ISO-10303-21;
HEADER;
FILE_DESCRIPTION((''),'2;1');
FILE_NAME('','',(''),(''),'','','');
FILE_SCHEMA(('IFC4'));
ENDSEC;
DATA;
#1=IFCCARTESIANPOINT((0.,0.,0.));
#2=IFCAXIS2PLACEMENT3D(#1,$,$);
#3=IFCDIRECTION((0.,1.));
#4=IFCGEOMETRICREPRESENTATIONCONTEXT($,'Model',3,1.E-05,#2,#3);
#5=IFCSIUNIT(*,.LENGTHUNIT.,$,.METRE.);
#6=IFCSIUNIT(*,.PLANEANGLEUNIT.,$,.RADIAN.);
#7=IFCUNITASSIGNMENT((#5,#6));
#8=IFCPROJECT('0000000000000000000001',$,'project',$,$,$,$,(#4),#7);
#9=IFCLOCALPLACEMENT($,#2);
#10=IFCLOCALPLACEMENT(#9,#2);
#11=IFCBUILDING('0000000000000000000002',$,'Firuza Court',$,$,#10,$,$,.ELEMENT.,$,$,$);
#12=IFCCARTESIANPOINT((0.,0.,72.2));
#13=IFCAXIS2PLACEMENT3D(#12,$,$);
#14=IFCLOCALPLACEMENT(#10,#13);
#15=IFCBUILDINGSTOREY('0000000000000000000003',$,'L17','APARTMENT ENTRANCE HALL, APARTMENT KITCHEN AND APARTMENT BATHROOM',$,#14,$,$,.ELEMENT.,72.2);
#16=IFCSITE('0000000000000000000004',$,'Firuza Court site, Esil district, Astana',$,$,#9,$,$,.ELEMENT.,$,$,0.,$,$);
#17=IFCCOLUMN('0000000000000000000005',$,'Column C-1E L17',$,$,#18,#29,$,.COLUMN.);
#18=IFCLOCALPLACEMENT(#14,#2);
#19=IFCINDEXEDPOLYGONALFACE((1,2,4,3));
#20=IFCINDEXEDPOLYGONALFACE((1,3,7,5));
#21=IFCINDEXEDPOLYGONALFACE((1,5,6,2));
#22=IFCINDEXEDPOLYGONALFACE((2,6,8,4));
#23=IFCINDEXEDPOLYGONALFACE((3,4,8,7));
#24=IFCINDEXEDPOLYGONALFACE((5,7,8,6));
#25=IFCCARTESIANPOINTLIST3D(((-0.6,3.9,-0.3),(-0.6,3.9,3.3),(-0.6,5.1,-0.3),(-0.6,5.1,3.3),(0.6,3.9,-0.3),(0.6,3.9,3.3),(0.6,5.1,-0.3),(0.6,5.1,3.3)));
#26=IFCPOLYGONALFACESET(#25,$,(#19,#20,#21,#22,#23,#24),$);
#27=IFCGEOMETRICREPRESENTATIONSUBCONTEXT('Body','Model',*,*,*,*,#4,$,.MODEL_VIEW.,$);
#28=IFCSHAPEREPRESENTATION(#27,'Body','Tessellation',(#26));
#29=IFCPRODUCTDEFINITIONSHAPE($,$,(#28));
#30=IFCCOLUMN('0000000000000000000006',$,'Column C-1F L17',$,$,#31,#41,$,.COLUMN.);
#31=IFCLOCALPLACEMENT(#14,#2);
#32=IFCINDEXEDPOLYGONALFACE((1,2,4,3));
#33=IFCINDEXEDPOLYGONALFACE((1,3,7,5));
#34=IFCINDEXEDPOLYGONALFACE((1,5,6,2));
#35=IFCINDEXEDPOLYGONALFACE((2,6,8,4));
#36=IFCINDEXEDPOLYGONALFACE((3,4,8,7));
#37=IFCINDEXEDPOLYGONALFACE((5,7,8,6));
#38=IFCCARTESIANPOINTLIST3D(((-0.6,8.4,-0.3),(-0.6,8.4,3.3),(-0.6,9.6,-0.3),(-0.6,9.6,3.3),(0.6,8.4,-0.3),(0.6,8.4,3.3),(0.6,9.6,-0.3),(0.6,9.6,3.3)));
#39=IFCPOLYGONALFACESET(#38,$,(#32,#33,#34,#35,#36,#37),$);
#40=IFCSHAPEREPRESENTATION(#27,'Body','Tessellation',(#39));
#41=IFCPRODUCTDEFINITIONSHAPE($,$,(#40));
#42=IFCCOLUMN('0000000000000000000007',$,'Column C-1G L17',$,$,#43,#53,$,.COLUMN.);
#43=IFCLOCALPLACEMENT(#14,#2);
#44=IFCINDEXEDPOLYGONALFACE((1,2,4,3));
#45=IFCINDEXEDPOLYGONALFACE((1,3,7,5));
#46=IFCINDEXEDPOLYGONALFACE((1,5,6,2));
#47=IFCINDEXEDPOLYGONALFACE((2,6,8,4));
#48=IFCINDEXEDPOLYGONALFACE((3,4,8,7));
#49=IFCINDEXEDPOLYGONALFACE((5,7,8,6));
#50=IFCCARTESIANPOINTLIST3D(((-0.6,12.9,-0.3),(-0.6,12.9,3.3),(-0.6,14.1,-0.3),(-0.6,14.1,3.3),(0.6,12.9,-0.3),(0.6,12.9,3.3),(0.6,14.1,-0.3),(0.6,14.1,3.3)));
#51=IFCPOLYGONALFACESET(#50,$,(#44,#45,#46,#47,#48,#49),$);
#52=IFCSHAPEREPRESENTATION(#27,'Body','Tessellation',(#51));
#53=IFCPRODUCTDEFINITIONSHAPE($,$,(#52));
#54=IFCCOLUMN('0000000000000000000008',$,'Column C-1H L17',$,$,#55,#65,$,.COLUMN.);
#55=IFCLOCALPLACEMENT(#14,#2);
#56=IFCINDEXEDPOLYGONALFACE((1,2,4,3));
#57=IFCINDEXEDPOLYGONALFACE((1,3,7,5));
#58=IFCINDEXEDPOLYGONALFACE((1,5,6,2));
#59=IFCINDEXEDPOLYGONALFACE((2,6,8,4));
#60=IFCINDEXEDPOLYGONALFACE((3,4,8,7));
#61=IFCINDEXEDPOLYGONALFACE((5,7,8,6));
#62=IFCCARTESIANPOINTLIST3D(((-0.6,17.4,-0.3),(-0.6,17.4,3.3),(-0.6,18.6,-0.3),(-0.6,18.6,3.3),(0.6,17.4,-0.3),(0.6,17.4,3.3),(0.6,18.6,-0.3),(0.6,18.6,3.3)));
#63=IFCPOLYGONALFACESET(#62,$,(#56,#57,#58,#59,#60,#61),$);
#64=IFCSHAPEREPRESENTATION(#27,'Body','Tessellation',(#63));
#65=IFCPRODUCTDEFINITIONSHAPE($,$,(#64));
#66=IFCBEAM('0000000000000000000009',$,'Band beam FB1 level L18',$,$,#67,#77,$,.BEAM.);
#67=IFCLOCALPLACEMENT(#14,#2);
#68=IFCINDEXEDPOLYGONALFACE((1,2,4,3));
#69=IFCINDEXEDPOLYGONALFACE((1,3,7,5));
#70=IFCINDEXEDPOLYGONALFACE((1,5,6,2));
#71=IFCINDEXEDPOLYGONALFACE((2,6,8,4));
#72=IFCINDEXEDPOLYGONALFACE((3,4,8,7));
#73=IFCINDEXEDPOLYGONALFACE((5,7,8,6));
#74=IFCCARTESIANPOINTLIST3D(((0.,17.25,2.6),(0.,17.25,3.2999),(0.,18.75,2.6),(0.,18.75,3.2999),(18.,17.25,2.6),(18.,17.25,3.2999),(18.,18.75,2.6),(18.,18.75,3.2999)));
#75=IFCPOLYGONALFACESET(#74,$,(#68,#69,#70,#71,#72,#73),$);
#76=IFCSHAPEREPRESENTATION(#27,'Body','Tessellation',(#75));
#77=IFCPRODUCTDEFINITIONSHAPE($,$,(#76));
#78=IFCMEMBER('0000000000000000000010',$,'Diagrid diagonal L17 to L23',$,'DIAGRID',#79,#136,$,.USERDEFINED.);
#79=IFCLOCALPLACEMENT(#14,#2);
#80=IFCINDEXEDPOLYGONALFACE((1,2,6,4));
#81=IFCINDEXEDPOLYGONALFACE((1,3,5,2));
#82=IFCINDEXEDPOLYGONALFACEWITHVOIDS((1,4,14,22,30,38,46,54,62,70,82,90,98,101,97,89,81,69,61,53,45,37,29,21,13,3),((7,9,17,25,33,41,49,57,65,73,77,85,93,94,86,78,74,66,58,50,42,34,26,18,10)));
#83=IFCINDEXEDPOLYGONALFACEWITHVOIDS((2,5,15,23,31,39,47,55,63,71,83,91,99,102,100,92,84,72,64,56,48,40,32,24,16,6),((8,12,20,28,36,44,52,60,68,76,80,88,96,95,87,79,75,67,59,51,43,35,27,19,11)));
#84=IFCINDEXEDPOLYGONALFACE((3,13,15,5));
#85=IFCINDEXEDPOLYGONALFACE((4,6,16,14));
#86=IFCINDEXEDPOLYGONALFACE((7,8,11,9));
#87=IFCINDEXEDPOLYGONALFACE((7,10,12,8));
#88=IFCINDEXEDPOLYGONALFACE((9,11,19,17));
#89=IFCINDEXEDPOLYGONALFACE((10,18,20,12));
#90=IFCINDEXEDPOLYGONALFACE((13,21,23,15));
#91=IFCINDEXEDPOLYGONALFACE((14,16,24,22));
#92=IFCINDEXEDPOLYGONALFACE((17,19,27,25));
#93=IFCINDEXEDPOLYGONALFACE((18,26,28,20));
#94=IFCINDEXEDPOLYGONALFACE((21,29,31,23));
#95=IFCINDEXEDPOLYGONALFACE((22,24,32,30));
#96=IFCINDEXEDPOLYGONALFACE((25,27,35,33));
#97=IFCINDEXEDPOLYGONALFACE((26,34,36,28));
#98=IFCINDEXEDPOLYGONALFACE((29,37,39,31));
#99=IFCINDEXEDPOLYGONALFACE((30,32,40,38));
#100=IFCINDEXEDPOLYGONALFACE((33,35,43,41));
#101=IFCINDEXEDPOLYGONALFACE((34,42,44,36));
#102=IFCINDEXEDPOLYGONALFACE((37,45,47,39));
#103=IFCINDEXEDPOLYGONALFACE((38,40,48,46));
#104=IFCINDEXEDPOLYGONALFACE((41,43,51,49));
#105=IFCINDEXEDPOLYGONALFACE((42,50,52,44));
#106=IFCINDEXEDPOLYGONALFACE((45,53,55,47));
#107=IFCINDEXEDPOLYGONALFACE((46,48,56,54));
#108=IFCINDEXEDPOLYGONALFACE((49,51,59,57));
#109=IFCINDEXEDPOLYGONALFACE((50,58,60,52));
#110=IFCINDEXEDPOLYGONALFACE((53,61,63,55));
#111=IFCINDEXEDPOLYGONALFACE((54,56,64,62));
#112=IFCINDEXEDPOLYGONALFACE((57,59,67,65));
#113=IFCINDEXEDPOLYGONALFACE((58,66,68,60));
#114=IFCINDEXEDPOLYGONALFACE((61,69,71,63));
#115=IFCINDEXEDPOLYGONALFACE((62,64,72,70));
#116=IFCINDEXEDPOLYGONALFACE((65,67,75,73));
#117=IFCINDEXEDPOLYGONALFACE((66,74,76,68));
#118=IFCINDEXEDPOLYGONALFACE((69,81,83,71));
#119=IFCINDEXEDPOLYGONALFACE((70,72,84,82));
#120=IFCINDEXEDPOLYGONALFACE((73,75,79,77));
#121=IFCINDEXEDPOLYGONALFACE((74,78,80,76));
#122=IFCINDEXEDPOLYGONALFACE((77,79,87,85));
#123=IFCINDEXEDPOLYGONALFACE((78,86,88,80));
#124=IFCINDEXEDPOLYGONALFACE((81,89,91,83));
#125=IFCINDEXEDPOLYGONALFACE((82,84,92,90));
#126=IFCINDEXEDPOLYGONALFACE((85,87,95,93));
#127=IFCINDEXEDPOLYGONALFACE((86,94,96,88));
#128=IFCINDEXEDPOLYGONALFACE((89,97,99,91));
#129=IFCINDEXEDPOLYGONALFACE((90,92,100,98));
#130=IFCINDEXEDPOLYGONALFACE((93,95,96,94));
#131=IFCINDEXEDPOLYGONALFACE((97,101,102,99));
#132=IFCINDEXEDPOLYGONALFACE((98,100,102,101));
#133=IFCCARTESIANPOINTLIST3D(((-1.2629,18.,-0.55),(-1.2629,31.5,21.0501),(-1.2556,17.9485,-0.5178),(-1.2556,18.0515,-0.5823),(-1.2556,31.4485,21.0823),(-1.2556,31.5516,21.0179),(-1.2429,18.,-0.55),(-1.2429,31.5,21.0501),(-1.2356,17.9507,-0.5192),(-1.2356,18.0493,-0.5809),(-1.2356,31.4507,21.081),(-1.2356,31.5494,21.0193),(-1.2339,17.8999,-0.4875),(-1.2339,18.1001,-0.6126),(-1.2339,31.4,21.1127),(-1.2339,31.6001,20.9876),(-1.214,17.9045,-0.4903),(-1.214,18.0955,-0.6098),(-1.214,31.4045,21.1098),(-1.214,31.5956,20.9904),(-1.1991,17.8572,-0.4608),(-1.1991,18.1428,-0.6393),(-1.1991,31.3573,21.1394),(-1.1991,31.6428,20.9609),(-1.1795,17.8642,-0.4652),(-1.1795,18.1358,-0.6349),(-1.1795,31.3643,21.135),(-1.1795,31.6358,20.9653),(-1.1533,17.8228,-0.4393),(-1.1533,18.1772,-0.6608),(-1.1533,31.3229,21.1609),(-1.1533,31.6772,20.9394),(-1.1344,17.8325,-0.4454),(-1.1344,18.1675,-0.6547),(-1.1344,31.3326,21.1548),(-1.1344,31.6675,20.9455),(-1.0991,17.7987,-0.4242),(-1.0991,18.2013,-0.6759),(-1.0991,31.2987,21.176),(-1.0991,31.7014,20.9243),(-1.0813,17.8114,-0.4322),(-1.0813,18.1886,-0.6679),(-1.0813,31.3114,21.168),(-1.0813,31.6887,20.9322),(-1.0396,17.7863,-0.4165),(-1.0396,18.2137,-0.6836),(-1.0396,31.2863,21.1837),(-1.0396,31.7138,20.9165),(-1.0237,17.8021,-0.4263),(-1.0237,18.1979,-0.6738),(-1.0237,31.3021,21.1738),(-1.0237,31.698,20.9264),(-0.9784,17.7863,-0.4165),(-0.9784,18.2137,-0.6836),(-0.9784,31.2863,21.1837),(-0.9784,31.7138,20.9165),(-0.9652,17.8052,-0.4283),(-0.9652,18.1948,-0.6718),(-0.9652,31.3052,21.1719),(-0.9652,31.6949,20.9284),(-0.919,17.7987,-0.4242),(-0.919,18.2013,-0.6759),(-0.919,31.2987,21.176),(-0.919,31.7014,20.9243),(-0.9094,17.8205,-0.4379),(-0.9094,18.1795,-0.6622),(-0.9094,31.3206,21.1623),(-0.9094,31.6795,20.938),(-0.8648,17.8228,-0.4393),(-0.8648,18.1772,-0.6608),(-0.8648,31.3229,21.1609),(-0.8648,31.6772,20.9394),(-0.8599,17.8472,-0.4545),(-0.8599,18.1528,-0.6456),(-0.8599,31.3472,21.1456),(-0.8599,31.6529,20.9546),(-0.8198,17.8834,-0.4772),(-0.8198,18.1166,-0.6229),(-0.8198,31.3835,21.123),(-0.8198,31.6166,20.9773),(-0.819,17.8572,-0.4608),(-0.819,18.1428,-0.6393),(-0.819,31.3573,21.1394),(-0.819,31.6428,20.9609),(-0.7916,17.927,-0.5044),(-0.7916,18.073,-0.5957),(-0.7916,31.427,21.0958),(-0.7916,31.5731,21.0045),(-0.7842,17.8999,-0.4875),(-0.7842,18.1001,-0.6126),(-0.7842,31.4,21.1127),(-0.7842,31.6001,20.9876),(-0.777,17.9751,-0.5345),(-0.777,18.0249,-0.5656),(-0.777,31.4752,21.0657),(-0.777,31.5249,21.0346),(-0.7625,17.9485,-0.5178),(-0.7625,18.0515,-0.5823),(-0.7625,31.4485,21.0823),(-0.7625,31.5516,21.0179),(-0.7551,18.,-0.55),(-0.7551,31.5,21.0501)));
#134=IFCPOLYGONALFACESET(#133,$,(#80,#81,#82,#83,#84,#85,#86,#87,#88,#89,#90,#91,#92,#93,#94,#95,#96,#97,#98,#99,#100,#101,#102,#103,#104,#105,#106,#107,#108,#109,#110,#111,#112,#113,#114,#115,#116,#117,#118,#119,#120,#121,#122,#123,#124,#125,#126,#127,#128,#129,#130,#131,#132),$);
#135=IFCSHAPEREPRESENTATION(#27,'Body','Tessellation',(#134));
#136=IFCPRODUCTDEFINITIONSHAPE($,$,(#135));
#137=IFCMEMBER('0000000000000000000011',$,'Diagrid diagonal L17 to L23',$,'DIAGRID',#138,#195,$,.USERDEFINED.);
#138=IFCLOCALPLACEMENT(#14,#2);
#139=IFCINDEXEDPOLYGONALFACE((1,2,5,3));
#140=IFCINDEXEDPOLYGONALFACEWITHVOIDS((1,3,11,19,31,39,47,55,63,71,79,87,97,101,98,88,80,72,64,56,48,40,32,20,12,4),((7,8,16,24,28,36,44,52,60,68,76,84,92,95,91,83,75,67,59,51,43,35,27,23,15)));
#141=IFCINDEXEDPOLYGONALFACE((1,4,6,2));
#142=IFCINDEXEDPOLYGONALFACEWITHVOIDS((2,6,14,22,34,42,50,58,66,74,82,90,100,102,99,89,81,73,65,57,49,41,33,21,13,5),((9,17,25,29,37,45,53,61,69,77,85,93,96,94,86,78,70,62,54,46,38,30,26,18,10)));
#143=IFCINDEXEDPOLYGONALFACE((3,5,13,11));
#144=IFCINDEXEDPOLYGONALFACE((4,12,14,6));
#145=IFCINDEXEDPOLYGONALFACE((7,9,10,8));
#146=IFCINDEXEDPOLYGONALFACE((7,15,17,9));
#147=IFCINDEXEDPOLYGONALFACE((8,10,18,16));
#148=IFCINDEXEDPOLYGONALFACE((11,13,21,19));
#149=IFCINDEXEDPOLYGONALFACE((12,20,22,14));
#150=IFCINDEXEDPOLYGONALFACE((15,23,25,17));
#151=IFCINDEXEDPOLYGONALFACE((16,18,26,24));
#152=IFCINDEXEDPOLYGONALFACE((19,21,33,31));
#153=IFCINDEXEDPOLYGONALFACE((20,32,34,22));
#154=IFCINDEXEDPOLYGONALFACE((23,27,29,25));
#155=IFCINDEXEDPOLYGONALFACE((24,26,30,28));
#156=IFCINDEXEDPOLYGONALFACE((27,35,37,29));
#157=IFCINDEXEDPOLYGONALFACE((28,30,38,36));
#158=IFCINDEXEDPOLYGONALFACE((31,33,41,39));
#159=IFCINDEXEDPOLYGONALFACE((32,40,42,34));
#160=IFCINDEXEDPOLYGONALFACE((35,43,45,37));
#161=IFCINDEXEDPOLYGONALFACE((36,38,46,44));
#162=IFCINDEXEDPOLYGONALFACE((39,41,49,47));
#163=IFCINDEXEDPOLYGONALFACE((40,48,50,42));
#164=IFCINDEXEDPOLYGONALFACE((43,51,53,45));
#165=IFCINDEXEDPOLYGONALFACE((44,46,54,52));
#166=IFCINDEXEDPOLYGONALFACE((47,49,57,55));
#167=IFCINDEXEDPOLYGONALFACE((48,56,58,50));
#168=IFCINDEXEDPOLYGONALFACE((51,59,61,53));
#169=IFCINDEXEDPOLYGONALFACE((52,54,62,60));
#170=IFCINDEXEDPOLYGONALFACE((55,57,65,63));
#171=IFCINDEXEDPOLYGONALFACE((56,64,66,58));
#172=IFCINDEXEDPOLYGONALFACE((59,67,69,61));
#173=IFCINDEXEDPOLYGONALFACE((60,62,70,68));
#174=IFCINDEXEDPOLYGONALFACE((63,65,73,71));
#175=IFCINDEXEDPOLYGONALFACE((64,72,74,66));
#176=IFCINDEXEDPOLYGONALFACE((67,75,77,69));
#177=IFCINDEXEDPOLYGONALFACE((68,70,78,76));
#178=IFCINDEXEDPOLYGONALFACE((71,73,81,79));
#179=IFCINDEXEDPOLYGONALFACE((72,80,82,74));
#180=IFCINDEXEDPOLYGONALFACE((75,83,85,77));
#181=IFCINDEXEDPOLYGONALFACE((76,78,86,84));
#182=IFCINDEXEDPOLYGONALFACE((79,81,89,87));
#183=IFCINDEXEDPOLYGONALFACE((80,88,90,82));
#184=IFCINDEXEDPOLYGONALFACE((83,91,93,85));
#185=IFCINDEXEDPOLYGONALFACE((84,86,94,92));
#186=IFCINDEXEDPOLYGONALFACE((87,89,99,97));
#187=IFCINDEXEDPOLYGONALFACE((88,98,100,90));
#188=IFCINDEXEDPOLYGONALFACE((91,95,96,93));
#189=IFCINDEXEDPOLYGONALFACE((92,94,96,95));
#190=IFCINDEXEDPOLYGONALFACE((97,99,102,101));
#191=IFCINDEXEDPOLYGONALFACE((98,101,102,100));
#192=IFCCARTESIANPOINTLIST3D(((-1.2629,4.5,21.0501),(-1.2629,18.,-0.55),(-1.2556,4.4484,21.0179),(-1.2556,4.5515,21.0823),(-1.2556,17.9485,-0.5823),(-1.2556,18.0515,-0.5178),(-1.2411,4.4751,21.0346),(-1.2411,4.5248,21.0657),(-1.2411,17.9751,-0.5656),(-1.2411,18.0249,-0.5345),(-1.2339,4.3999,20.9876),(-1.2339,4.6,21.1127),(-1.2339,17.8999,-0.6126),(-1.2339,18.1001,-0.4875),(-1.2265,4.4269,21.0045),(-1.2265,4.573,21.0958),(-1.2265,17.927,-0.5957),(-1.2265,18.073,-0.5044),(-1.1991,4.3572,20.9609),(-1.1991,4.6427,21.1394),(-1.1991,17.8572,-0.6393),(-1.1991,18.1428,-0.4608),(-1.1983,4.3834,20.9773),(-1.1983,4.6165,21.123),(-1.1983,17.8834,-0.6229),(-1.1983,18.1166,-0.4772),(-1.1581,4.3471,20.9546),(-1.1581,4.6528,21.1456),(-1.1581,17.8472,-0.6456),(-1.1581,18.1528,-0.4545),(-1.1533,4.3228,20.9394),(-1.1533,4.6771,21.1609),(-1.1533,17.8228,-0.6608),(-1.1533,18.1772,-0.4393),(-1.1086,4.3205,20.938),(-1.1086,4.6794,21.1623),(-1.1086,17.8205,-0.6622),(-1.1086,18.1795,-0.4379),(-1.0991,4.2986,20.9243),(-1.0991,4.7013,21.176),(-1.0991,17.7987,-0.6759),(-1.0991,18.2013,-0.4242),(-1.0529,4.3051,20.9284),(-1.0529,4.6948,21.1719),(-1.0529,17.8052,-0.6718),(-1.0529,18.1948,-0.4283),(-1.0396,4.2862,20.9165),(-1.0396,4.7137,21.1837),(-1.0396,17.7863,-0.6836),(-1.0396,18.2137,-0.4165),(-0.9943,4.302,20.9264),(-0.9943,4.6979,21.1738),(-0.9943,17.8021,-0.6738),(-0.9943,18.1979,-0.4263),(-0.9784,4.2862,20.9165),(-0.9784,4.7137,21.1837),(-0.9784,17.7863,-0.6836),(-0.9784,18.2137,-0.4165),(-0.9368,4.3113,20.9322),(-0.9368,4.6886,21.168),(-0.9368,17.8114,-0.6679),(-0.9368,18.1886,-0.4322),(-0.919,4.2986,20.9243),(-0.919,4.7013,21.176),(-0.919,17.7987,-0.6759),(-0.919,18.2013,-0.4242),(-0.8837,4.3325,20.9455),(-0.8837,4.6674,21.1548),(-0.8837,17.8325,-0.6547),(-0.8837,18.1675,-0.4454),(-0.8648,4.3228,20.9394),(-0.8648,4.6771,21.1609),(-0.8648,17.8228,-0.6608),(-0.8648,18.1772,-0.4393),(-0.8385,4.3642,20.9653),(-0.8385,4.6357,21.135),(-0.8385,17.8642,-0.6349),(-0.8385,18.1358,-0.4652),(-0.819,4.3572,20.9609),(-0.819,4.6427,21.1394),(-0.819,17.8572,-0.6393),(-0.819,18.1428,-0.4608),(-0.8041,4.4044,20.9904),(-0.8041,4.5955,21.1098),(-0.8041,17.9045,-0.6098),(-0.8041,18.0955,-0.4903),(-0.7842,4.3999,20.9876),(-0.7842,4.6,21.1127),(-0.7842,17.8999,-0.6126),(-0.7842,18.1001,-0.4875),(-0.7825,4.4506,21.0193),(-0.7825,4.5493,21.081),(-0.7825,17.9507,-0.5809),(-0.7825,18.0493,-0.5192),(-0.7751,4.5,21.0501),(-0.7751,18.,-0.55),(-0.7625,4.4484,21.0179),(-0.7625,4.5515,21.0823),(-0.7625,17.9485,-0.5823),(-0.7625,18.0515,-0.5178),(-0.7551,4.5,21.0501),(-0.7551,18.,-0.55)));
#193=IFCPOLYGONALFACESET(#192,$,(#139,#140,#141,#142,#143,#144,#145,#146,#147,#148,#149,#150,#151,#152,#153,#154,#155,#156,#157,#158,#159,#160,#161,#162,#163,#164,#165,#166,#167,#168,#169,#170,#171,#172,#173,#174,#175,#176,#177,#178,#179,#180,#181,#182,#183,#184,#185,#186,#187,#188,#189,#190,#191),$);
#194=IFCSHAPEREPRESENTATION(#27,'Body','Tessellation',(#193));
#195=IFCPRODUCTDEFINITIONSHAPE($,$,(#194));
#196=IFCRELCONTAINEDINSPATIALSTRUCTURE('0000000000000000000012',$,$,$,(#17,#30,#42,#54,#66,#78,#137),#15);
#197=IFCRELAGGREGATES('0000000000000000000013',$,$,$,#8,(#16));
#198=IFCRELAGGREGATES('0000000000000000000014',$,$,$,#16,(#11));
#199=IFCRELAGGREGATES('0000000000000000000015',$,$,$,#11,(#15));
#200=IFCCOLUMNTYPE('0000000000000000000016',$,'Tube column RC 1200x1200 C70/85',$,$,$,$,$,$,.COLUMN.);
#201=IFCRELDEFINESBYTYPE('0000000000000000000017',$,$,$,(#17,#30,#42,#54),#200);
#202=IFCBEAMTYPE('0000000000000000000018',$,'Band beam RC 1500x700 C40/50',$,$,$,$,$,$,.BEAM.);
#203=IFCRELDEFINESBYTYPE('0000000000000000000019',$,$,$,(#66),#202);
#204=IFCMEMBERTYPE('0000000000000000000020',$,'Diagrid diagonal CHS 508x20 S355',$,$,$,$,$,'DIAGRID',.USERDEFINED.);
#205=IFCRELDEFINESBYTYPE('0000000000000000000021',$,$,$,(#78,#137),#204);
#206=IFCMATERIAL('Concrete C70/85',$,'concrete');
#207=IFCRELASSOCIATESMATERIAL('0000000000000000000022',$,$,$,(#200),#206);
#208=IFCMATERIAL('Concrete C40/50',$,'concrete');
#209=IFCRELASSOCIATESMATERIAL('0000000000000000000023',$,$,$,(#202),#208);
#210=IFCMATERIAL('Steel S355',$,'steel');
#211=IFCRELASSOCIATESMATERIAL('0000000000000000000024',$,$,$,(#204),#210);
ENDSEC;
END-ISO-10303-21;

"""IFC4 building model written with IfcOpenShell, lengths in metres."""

from ifc_helpers import new_model, si_unit, direction, frame, origin, origin_2d, place, context, subcontext, project, spatial, rectangle, hollow_circle, extrude, material, material_profile, profile_set, type_object, element, save


model = new_model("IFC4")

# Units and contexts
model_context = context("Model", 3, precision=1e-05, world=origin(), true_north=direction((0.0, 1.0)))
body_context = subcontext(model_context, "Body", "Model", "MODEL_VIEW")
ifc_project = project(units=[si_unit("LENGTHUNIT", "METRE"), si_unit("PLANEANGLEUNIT", "RADIAN")], contexts=[model_context])

# Site, building, storey
site_placement = place(None, origin())
site = spatial("IfcSite", under=ifc_project, at=site_placement, Name="Firuza Court site, Esil district, Astana", CompositionType="ELEMENT", RefElevation=0.0)
building_placement = place(site_placement, origin())
building = spatial("IfcBuilding", under=site, at=building_placement, Name="Firuza Court", CompositionType="ELEMENT")
storey_placement = place(building_placement, frame((0.0, 0.0, 72.2)))
storey = spatial("IfcBuildingStorey", under=building, at=storey_placement, Name="L17", Description="APARTMENT ENTRANCE HALL, APARTMENT KITCHEN AND APARTMENT BATHROOM", CompositionType="ELEMENT", Elevation=72.2)

# Columns
ifc_material_1 = material(Name="Concrete C70/85", Category="concrete")
ifc_material_profile_1 = material_profile(ifc_material_1, rectangle(XDim=1.2, YDim=1.2, at=origin_2d()), Name="RC 1200x1200")
ifc_profile_set_1 = profile_set([ifc_material_profile_1], Name="Concrete C70/85")
column_type = type_object("IfcColumnType", Name="Tube column RC 1200x1200 C70/85", PredefinedType="COLUMN", material=ifc_profile_set_1)
for number, where, z_axis, x_axis, name in (
    (1, (0.0, 4.5, -0.3), (0.0, 0.0, 1.0), (1.0, 0.0, 0.0), "Column C-1E L17"),
    (2, (0.0, 9.0, -0.3), (0.0, 0.0, 1.0), (1.0, 0.0, 0.0), "Column C-1F L17"),
    (3, (0.0, 13.5, -0.3), (0.0, 0.0, 1.0), (1.0, 0.0, 0.0), "Column C-1G L17"),
    (4, (0.0, 18.0, -0.3), (0.0, 0.0, 1.0), (1.0, 0.0, 0.0), "Column C-1H L17"),
):
    element("IfcColumn", number, at=place(storey_placement, frame(where, z_axis=z_axis, x_axis=x_axis)), inside=storey, type_object=column_type, Name=name, PredefinedType="COLUMN", context=body_context, shape_type="SweptSolid", body=[
        extrude(rectangle(XDim=1.2, YDim=1.2, at=origin_2d()), origin(), (0.0, 0.0, 1.0), 3.6001),
    ])

# Beam
ifc_material_2 = material(Name="Concrete C40/50", Category="concrete")
ifc_material_profile_2 = material_profile(ifc_material_2, rectangle(XDim=1.5, YDim=0.7, at=origin_2d()), Name="RC 1500x700")
ifc_profile_set_2 = profile_set([ifc_material_profile_2], Name="Concrete C40/50")
beam_type_1 = type_object("IfcBeamType", Name="Band beam RC 1500x700 C40/50", PredefinedType="BEAM", material=ifc_profile_set_2)
beam_1_placement = place(storey_placement, frame((0.0, 18.0, 2.95), z_axis=(1.0, 0.0, 0.0), x_axis=(0.0, 1.0, 0.0)))
element("IfcBeam", 5, at=beam_1_placement, inside=storey, type_object=beam_type_1, Name="Band beam FB1 level L18", PredefinedType="BEAM", context=body_context, shape_type="SweptSolid", body=[
    extrude(rectangle(XDim=1.5, YDim=0.7, at=origin_2d()), origin(), (0.0, 0.0, 1.0), 18.0),
])

# Members
ifc_material_3 = material(Name="Steel S355", Category="steel")
ifc_material_profile_3 = material_profile(ifc_material_3, hollow_circle(Radius=0.2539, WallThickness=0.02, at=origin_2d()), Name="CHS 508x20")
ifc_profile_set_3 = profile_set([ifc_material_profile_3], Name="Steel S355")
member_type = type_object("IfcMemberType", Name="Diagrid diagonal CHS 508x20 S355", ElementType="DIAGRID", PredefinedType="USERDEFINED", material=ifc_profile_set_3)
for number, where, z_axis, x_axis, name in (
    (6, (-1.009, 18.0, -0.55), (0.0, 0.529997, 0.847999), (-1.0, 0.0, 0.0), "Diagrid diagonal L17 to L23"),
    (7, (-1.009, 18.0, -0.55), (0.0, -0.529997, 0.847999), (1.0, 0.0, 0.0), "Diagrid diagonal L17 to L23"),
):
    element("IfcMember", number, at=place(storey_placement, frame(where, z_axis=z_axis, x_axis=x_axis)), inside=storey, type_object=member_type, Name=name, ObjectType="DIAGRID", PredefinedType="USERDEFINED", context=body_context, shape_type="SweptSolid", body=[
        extrude(hollow_circle(Radius=0.2539, WallThickness=0.02, at=origin_2d()), origin(), (0.0, 0.0, 1.0), 25.4719),
    ])

save(model, "model.ifc")
